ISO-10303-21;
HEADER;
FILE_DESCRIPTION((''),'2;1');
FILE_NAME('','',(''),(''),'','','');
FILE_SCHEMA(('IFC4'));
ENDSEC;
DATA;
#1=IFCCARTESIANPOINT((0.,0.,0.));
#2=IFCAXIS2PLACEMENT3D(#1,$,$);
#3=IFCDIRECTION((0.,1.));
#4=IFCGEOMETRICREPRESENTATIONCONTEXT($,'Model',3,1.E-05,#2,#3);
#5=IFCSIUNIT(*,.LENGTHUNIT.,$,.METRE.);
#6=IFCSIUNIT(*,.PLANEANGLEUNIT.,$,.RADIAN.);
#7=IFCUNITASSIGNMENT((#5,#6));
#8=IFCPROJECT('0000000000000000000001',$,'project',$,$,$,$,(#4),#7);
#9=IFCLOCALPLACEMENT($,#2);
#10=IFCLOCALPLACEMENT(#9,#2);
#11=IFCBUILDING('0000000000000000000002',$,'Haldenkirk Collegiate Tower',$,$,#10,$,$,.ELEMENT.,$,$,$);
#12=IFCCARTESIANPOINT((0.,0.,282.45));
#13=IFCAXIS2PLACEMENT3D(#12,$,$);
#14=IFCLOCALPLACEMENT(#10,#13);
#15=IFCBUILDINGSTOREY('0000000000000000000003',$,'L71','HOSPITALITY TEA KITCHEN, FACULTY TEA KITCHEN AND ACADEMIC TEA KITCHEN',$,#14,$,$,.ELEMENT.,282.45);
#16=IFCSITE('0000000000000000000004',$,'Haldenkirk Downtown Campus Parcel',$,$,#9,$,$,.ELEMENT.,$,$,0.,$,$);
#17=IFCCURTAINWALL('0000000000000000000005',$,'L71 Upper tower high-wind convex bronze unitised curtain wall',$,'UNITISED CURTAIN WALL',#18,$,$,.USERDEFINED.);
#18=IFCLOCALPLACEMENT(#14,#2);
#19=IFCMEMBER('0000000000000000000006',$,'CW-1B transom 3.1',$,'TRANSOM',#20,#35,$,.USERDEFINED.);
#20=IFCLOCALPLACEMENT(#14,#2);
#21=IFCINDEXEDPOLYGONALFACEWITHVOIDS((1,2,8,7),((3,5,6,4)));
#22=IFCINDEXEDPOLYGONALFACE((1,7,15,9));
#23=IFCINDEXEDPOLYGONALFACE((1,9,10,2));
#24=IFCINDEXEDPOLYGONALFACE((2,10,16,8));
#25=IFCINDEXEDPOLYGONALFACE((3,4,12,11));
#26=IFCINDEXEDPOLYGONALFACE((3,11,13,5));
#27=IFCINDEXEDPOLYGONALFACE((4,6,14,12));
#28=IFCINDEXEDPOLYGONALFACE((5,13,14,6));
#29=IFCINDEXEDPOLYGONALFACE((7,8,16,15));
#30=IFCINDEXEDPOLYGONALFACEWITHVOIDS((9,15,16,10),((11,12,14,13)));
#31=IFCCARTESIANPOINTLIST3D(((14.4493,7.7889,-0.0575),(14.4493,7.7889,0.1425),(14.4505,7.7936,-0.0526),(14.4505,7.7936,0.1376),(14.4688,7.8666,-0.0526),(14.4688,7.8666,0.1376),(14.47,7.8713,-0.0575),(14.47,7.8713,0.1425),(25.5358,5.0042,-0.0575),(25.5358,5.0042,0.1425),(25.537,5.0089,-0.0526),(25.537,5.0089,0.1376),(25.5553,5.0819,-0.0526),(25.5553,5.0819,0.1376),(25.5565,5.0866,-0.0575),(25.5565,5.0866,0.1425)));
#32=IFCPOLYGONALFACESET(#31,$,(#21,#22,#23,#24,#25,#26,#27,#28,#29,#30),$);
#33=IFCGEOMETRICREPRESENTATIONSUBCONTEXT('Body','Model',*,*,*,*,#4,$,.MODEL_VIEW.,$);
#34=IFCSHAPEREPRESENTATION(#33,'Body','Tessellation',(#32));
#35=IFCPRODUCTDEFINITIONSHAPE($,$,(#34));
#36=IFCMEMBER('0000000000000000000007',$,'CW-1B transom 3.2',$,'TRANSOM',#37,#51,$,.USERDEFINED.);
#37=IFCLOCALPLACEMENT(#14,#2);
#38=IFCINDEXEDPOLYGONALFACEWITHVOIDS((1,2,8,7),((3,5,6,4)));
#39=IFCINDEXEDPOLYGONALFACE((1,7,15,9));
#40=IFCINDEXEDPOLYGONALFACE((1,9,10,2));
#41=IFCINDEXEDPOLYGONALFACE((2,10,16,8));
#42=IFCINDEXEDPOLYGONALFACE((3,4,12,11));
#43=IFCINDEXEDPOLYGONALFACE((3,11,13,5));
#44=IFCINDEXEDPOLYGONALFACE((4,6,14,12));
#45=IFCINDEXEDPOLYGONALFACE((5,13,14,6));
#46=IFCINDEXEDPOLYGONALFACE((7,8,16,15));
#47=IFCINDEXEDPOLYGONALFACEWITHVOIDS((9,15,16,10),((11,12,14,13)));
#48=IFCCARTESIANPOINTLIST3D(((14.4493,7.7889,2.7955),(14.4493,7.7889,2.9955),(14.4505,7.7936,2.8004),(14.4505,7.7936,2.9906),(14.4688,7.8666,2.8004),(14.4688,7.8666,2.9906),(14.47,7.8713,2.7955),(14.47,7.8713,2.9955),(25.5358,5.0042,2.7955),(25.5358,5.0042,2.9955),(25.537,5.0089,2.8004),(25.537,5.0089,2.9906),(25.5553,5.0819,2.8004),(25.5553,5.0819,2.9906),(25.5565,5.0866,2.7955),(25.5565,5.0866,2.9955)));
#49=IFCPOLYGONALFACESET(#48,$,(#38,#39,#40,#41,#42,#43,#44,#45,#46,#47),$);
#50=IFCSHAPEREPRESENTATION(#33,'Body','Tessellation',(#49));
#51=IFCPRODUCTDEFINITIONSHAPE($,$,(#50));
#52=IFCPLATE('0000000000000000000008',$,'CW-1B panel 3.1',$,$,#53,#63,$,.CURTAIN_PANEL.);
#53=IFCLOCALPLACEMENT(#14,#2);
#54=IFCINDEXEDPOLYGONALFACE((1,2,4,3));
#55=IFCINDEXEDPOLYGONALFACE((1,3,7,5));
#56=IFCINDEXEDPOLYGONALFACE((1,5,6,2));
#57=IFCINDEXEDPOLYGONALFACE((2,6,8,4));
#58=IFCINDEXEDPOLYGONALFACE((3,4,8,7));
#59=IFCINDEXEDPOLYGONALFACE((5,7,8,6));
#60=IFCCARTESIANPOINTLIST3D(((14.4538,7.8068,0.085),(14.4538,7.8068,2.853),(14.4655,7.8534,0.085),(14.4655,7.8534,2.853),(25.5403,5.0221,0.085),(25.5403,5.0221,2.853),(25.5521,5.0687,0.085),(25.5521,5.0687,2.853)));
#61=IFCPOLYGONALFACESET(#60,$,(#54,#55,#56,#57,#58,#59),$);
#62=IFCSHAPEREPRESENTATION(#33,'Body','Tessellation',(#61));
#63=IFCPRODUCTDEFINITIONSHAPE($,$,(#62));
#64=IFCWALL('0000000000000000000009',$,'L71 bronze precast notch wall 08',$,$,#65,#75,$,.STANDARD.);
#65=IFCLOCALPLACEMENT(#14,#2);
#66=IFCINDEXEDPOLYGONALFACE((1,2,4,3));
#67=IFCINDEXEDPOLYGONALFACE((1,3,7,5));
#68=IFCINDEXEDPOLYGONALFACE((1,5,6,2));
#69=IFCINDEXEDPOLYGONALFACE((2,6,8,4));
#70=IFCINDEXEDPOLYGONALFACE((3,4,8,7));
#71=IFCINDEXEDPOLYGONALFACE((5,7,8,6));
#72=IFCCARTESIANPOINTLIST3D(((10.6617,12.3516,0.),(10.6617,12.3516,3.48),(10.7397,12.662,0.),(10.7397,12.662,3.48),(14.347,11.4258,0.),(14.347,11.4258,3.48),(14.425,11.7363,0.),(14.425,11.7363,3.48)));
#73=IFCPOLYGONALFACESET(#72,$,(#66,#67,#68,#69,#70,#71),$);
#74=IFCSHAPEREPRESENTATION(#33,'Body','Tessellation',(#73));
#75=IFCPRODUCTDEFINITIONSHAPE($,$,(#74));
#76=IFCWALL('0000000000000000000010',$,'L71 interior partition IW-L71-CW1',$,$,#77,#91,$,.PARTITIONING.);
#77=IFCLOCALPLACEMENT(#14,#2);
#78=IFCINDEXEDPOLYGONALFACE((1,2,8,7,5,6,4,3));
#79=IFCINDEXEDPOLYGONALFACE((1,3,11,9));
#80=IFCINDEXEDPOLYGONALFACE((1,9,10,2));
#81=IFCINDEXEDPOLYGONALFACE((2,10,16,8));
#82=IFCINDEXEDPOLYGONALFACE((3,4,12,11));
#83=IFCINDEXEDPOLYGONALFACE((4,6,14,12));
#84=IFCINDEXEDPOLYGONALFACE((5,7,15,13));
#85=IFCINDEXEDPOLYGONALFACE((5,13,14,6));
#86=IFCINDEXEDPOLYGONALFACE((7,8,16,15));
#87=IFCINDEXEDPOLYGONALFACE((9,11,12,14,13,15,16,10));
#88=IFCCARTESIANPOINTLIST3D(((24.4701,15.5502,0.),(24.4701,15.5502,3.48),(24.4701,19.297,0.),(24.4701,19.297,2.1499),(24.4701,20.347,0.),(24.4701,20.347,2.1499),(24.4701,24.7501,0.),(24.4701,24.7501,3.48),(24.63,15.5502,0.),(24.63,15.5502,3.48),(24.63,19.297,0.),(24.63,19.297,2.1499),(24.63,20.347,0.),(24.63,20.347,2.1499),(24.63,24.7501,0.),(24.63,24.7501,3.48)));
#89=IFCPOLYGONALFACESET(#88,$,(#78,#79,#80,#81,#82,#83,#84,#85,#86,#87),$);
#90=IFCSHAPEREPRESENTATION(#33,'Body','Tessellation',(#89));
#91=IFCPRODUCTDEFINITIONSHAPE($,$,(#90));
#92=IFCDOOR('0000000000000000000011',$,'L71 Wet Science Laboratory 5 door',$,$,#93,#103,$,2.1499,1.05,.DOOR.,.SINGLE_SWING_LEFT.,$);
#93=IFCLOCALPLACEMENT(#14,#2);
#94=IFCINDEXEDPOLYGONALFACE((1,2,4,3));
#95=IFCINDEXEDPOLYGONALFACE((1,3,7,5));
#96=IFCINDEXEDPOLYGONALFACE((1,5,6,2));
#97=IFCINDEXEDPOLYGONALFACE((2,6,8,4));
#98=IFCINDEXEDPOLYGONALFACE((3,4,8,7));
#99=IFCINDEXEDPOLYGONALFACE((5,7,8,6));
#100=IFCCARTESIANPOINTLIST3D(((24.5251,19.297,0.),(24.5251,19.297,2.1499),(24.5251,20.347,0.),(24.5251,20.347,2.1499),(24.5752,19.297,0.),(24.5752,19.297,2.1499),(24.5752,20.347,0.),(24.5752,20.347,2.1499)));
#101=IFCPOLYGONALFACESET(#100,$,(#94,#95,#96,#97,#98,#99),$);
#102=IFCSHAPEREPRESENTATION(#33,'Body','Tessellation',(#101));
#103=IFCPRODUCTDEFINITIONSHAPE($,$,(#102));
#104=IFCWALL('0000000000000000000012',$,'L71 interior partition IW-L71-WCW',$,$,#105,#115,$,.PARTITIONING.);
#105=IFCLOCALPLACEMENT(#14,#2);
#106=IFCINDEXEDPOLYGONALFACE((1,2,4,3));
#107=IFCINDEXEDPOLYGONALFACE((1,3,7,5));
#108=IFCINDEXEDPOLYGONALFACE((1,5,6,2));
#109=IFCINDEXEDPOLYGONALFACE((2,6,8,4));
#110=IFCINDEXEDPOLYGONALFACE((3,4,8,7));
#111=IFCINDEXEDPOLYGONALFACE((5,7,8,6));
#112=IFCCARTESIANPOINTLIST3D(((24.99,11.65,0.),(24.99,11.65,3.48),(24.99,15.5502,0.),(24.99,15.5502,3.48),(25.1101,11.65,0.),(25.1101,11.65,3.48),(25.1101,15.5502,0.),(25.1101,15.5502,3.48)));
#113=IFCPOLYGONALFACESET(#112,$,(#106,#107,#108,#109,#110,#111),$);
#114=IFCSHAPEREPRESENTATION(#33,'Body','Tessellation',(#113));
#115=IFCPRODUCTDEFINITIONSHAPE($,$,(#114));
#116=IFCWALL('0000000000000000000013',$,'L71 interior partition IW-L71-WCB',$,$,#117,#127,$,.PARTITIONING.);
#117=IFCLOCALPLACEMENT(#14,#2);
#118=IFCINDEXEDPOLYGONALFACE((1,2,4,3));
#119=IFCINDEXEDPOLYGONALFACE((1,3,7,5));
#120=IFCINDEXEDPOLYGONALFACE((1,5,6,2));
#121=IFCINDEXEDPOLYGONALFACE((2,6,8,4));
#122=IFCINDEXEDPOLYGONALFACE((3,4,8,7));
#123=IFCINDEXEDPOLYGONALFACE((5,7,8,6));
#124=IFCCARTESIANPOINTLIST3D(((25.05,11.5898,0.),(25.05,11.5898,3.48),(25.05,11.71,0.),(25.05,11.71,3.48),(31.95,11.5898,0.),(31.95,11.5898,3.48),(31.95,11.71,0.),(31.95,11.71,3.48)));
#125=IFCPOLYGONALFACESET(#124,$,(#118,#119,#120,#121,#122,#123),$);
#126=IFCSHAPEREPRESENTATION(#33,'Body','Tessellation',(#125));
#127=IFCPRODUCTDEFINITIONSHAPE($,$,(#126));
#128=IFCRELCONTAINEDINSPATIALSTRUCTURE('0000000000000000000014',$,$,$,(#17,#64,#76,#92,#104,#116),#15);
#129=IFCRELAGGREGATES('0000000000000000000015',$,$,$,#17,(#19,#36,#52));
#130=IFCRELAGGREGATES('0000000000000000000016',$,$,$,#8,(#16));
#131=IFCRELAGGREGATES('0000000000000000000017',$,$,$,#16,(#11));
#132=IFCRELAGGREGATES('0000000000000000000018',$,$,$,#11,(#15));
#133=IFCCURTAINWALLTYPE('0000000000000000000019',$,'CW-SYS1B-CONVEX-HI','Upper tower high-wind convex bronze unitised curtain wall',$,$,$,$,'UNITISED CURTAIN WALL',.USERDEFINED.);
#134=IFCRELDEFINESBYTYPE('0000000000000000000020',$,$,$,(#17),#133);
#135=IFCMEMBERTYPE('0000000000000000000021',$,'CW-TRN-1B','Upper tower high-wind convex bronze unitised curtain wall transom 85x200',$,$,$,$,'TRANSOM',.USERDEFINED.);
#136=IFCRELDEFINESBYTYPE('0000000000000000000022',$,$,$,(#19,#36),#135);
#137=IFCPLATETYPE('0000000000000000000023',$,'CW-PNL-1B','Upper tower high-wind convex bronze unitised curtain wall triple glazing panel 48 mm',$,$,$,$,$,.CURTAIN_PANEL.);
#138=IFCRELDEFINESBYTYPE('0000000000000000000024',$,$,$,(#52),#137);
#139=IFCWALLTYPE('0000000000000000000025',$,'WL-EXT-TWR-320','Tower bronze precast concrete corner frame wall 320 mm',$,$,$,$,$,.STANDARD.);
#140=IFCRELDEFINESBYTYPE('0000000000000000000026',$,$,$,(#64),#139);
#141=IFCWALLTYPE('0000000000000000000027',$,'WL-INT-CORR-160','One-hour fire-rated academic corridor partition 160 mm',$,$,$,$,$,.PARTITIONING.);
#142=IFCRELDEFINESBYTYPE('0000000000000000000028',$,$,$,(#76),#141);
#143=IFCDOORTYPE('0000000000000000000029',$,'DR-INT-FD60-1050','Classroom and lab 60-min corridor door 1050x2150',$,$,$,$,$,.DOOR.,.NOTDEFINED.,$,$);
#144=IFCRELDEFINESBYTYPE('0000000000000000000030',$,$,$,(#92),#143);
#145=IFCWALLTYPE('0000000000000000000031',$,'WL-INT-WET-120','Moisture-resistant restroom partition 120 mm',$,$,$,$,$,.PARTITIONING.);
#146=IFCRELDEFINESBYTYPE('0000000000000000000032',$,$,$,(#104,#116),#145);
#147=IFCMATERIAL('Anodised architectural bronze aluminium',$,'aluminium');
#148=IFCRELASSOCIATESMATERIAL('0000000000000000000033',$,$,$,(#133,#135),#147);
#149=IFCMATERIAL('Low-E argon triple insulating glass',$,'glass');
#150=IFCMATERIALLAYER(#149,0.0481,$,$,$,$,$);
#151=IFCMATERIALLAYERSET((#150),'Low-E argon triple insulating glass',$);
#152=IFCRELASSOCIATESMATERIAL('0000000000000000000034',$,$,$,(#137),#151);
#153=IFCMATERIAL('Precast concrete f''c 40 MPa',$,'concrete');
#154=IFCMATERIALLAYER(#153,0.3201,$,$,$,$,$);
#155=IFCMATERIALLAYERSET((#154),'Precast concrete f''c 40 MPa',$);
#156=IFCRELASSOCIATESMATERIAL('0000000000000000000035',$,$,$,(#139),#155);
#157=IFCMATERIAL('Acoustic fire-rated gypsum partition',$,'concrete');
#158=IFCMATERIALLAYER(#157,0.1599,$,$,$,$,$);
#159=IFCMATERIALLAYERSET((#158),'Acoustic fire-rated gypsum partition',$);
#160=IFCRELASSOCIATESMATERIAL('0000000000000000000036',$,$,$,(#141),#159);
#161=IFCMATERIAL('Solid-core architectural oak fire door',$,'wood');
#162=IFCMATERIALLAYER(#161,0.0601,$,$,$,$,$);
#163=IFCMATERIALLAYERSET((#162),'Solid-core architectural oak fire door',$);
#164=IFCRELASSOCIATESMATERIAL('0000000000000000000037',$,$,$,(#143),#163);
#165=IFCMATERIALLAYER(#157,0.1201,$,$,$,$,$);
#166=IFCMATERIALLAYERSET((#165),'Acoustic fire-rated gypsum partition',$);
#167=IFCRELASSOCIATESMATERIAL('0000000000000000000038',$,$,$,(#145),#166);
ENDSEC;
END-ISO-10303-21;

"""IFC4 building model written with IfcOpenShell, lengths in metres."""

from ifc_helpers import new_model, si_unit, direction, frame, frame_2d, origin, origin_2d, place, context, subcontext, project, spatial, rectangle, hollow_rectangle, extrude, source, transform, mapped, material, layer, layer_set, material_profile, profile_set, type_object, element, fill, aggregate, save


model = new_model("IFC4")

# Units and contexts
model_context = context("Model", 3, precision=1e-05, world=origin(), true_north=direction((0.0, 1.0)))
body_context = subcontext(model_context, "Body", "Model", "MODEL_VIEW")
ifc_project = project(units=[si_unit("LENGTHUNIT", "METRE"), si_unit("PLANEANGLEUNIT", "RADIAN")], contexts=[model_context])

# Site, building, storey
site_placement = place(None, origin())
site = spatial("IfcSite", under=ifc_project, at=site_placement, Name="Haldenkirk Downtown Campus Parcel", CompositionType="ELEMENT", RefElevation=0.0)
building_placement = place(site_placement, origin())
building = spatial("IfcBuilding", under=site, at=building_placement, Name="Haldenkirk Collegiate Tower", CompositionType="ELEMENT")
storey_placement = place(building_placement, frame((0.0, 0.0, 282.45)))
storey = spatial("IfcBuildingStorey", under=building, at=storey_placement, Name="L71", Description="HOSPITALITY TEA KITCHEN, FACULTY TEA KITCHEN AND ACADEMIC TEA KITCHEN", CompositionType="ELEMENT", Elevation=282.45)

# Curtain wall, members, plate
ifc_material_1 = material(Name="Anodised architectural bronze aluminium", Category="aluminium")
curtain_wall_type = type_object("IfcCurtainWallType", Name="CW-SYS1B-CONVEX-HI", Description="Upper tower high-wind convex bronze unitised curtain wall", ElementType="UNITISED CURTAIN WALL", PredefinedType="USERDEFINED", material=ifc_material_1)
curtain_wall_placement = place(storey_placement, origin())
curtain_wall = element("IfcCurtainWall", 1, at=curtain_wall_placement, inside=storey, type_object=curtain_wall_type, Name="L71 Upper tower high-wind convex bronze unitised curtain wall", ObjectType="UNITISED CURTAIN WALL", PredefinedType="USERDEFINED")
ifc_material_profile_1 = material_profile(ifc_material_1, hollow_rectangle(XDim=0.085, YDim=0.2, WallThickness=0.0049, at=origin_2d()), Name="CW-TRN-1B")
ifc_profile_set_1 = profile_set([ifc_material_profile_1], Name="Anodised architectural bronze aluminium")
member_type_1 = type_object("IfcMemberType", Name="CW-TRN-1B", Description="Upper tower high-wind convex bronze unitised curtain wall transom 85x200", ElementType="TRANSOM", PredefinedType="USERDEFINED", material=ifc_profile_set_1)
member_1_placement = place(storey_placement, frame((25.5461, 5.0454, 0.0425), z_axis=(-0.969873, 0.243611, 0.0), x_axis=(-0.243611, -0.969873, 0.0)))
member_1 = element("IfcMember", 2, at=member_1_placement, type_object=member_type_1, Name="CW-1B transom 3.1", ObjectType="TRANSOM", PredefinedType="USERDEFINED", context=body_context, shape_type="SweptSolid", body=[
    extrude(hollow_rectangle(XDim=0.085, YDim=0.2, WallThickness=0.0049, at=origin_2d()), origin(), (0.0, 0.0, 1.0), 11.4309),
])
member_2_placement = place(storey_placement, frame((25.5461, 5.0454, 2.8955), z_axis=(-0.969873, 0.243611, 0.0), x_axis=(-0.243611, -0.969873, 0.0)))
member_2 = element("IfcMember", 3, at=member_2_placement, type_object=member_type_1, Name="CW-1B transom 3.2", ObjectType="TRANSOM", PredefinedType="USERDEFINED", context=body_context, shape_type="SweptSolid", body=[
    extrude(hollow_rectangle(XDim=0.085, YDim=0.2, WallThickness=0.0049, at=origin_2d()), origin(), (0.0, 0.0, 1.0), 11.4309),
])
ifc_material_2 = material(Name="Low-E argon triple insulating glass", Category="glass")
ifc_layer_1 = layer(ifc_material_2, 0.0481)
ifc_layer_set_1 = layer_set([ifc_layer_1], Name="Low-E argon triple insulating glass")
plate_type = type_object("IfcPlateType", Name="CW-PNL-1B", Description="Upper tower high-wind convex bronze unitised curtain wall triple glazing panel 48 mm", PredefinedType="CURTAIN_PANEL", material=ifc_layer_set_1)
shared_shape = source(origin(), body_context, "Body", "SweptSolid", [
    extrude(rectangle(XDim=11.4309, YDim=0.0481, at=origin_2d()), origin(), (0.0, 0.0, 1.0), 2.7681),
])
plate_placement = place(storey_placement, frame((20.0029, 6.4377, 0.085), z_axis=(0.0, 0.0, 1.0), x_axis=(-0.969873, 0.243611, 0.0)))
plate = element("IfcPlate", 4, at=plate_placement, type_object=plate_type, Name="CW-1B panel 3.1", PredefinedType="CURTAIN_PANEL", context=body_context, shape_type="MappedRepresentation", body=[
    mapped(shared_shape, transform((0.0, 0.0, 0.0), x_axis=(1.0, 0.0, 0.0), y_axis=(0.0, 1.0, 0.0), z_axis=(0.0, 0.0, 1.0), scale=1.0)),
])
aggregate(curtain_wall, [member_1, member_2, plate])

# Wall
ifc_material_3 = material(Name="Precast concrete f'c 40 MPa", Category="concrete")
ifc_layer_2 = layer(ifc_material_3, 0.3201)
ifc_layer_set_2 = layer_set([ifc_layer_2], Name="Precast concrete f'c 40 MPa")
wall_type_1 = type_object("IfcWallType", Name="WL-EXT-TWR-320", Description="Tower bronze precast concrete corner frame wall 320 mm", PredefinedType="STANDARD", material=ifc_layer_set_2)
wall_1_placement = place(storey_placement, frame((14.386, 11.5811, 0.0), z_axis=(0.0, 0.0, 1.0), x_axis=(-0.969866, 0.243639, 0.0)))
element("IfcWall", 5, at=wall_1_placement, inside=storey, type_object=wall_type_1, Name="L71 bronze precast notch wall 08", PredefinedType="STANDARD", context=body_context, shape_type="SweptSolid", body=[
    extrude(rectangle(XDim=3.7998, YDim=0.3201, at=frame_2d((1.8999, 0.0))), origin(), (0.0, 0.0, 1.0), 3.48),
])

# Shared definitions
ifc_material_4 = material(Name="Acoustic fire-rated gypsum partition", Category="concrete")
ifc_layer_3 = layer(ifc_material_4, 0.1599)
ifc_layer_set_3 = layer_set([ifc_layer_3], Name="Acoustic fire-rated gypsum partition")
wall_type_2 = type_object("IfcWallType", Name="WL-INT-CORR-160", Description="One-hour fire-rated academic corridor partition 160 mm", PredefinedType="PARTITIONING", material=ifc_layer_set_3)
ifc_material_5 = material(Name="Solid-core architectural oak fire door", Category="wood")

# Wall, opening, door
wall_2_placement = place(storey_placement, frame((24.55, 15.55, 0.0), z_axis=(0.0, 0.0, 1.0), x_axis=(0.0, 1.0, 0.0)))
wall_2 = element("IfcWall", 6, at=wall_2_placement, inside=storey, type_object=wall_type_2, Name="L71 interior partition IW-L71-CW1", PredefinedType="PARTITIONING", context=body_context, shape_type="SweptSolid", body=[
    extrude(rectangle(XDim=9.2, YDim=0.1599, at=frame_2d((4.6001, 0.0))), origin(), (0.0, 0.0, 1.0), 3.48),
])
opening_1_placement = place(wall_2_placement, frame((3.7471, 0.0, 0.0)))
opening_1 = element("IfcOpeningElement", 7, at=opening_1_placement, cuts=wall_2, PredefinedType="OPENING", context=body_context, shape_type="SweptSolid", body=[
    extrude(rectangle(XDim=1.05, YDim=2.1499, at=frame_2d((0.5249, 1.075))), frame((0.0, 0.0898, 0.0), z_axis=(0.0, -1.0, 0.0), x_axis=(1.0, 0.0, 0.0)), (0.0, 0.0, 1.0), 0.1799),
])
ifc_layer_4 = layer(ifc_material_5, 0.0601)
ifc_layer_set_4 = layer_set([ifc_layer_4], Name="Solid-core architectural oak fire door")
door_type_1 = type_object("IfcDoorType", Name="DR-INT-FD60-1050", Description="Classroom and lab 60-min corridor door 1050x2150", OperationType="NOTDEFINED", PredefinedType="DOOR", material=ifc_layer_set_4)
door_1_placement = place(opening_1_placement, origin())
door_1 = element("IfcDoor", 8, at=door_1_placement, inside=storey, type_object=door_type_1, Name="L71 Wet Science Laboratory 5 door", OperationType="SINGLE_SWING_LEFT", OverallHeight=2.1499, OverallWidth=1.05, PredefinedType="DOOR", context=body_context, shape_type="SweptSolid", body=[
    extrude(rectangle(XDim=1.05, YDim=2.1499, at=frame_2d((0.5249, 1.075))), frame((0.0, 0.0249, 0.0), z_axis=(0.0, -1.0, 0.0), x_axis=(1.0, 0.0, 0.0)), (0.0, 0.0, 1.0), 0.05),
])
fill(opening_1, door_1)

# Walls
ifc_layer_5 = layer(ifc_material_4, 0.1201)
ifc_layer_set_5 = layer_set([ifc_layer_5], Name="Acoustic fire-rated gypsum partition")
wall_type_3 = type_object("IfcWallType", Name="WL-INT-WET-120", Description="Moisture-resistant restroom partition 120 mm", PredefinedType="PARTITIONING", material=ifc_layer_set_5)
wall_3_placement = place(storey_placement, frame((25.05, 11.6499, 0.0), z_axis=(0.0, 0.0, 1.0), x_axis=(0.0, 1.0, 0.0)))
element("IfcWall", 9, at=wall_3_placement, inside=storey, type_object=wall_type_3, Name="L71 interior partition IW-L71-WCW", PredefinedType="PARTITIONING", context=body_context, shape_type="SweptSolid", body=[
    extrude(rectangle(XDim=3.9001, YDim=0.1201, at=frame_2d((1.9502, 0.0))), origin(), (0.0, 0.0, 1.0), 3.48),
])
wall_4_placement = place(storey_placement, frame((25.05, 11.6499, 0.0), z_axis=(0.0, 0.0, 1.0), x_axis=(1.0, 0.0, 0.0)))
element("IfcWall", 10, at=wall_4_placement, inside=storey, type_object=wall_type_3, Name="L71 interior partition IW-L71-WCB", PredefinedType="PARTITIONING", context=body_context, shape_type="SweptSolid", body=[
    extrude(rectangle(XDim=6.8999, YDim=0.1201, at=frame_2d((3.45, 0.0))), origin(), (0.0, 0.0, 1.0), 3.48),
])

save(model, "model.ifc")
